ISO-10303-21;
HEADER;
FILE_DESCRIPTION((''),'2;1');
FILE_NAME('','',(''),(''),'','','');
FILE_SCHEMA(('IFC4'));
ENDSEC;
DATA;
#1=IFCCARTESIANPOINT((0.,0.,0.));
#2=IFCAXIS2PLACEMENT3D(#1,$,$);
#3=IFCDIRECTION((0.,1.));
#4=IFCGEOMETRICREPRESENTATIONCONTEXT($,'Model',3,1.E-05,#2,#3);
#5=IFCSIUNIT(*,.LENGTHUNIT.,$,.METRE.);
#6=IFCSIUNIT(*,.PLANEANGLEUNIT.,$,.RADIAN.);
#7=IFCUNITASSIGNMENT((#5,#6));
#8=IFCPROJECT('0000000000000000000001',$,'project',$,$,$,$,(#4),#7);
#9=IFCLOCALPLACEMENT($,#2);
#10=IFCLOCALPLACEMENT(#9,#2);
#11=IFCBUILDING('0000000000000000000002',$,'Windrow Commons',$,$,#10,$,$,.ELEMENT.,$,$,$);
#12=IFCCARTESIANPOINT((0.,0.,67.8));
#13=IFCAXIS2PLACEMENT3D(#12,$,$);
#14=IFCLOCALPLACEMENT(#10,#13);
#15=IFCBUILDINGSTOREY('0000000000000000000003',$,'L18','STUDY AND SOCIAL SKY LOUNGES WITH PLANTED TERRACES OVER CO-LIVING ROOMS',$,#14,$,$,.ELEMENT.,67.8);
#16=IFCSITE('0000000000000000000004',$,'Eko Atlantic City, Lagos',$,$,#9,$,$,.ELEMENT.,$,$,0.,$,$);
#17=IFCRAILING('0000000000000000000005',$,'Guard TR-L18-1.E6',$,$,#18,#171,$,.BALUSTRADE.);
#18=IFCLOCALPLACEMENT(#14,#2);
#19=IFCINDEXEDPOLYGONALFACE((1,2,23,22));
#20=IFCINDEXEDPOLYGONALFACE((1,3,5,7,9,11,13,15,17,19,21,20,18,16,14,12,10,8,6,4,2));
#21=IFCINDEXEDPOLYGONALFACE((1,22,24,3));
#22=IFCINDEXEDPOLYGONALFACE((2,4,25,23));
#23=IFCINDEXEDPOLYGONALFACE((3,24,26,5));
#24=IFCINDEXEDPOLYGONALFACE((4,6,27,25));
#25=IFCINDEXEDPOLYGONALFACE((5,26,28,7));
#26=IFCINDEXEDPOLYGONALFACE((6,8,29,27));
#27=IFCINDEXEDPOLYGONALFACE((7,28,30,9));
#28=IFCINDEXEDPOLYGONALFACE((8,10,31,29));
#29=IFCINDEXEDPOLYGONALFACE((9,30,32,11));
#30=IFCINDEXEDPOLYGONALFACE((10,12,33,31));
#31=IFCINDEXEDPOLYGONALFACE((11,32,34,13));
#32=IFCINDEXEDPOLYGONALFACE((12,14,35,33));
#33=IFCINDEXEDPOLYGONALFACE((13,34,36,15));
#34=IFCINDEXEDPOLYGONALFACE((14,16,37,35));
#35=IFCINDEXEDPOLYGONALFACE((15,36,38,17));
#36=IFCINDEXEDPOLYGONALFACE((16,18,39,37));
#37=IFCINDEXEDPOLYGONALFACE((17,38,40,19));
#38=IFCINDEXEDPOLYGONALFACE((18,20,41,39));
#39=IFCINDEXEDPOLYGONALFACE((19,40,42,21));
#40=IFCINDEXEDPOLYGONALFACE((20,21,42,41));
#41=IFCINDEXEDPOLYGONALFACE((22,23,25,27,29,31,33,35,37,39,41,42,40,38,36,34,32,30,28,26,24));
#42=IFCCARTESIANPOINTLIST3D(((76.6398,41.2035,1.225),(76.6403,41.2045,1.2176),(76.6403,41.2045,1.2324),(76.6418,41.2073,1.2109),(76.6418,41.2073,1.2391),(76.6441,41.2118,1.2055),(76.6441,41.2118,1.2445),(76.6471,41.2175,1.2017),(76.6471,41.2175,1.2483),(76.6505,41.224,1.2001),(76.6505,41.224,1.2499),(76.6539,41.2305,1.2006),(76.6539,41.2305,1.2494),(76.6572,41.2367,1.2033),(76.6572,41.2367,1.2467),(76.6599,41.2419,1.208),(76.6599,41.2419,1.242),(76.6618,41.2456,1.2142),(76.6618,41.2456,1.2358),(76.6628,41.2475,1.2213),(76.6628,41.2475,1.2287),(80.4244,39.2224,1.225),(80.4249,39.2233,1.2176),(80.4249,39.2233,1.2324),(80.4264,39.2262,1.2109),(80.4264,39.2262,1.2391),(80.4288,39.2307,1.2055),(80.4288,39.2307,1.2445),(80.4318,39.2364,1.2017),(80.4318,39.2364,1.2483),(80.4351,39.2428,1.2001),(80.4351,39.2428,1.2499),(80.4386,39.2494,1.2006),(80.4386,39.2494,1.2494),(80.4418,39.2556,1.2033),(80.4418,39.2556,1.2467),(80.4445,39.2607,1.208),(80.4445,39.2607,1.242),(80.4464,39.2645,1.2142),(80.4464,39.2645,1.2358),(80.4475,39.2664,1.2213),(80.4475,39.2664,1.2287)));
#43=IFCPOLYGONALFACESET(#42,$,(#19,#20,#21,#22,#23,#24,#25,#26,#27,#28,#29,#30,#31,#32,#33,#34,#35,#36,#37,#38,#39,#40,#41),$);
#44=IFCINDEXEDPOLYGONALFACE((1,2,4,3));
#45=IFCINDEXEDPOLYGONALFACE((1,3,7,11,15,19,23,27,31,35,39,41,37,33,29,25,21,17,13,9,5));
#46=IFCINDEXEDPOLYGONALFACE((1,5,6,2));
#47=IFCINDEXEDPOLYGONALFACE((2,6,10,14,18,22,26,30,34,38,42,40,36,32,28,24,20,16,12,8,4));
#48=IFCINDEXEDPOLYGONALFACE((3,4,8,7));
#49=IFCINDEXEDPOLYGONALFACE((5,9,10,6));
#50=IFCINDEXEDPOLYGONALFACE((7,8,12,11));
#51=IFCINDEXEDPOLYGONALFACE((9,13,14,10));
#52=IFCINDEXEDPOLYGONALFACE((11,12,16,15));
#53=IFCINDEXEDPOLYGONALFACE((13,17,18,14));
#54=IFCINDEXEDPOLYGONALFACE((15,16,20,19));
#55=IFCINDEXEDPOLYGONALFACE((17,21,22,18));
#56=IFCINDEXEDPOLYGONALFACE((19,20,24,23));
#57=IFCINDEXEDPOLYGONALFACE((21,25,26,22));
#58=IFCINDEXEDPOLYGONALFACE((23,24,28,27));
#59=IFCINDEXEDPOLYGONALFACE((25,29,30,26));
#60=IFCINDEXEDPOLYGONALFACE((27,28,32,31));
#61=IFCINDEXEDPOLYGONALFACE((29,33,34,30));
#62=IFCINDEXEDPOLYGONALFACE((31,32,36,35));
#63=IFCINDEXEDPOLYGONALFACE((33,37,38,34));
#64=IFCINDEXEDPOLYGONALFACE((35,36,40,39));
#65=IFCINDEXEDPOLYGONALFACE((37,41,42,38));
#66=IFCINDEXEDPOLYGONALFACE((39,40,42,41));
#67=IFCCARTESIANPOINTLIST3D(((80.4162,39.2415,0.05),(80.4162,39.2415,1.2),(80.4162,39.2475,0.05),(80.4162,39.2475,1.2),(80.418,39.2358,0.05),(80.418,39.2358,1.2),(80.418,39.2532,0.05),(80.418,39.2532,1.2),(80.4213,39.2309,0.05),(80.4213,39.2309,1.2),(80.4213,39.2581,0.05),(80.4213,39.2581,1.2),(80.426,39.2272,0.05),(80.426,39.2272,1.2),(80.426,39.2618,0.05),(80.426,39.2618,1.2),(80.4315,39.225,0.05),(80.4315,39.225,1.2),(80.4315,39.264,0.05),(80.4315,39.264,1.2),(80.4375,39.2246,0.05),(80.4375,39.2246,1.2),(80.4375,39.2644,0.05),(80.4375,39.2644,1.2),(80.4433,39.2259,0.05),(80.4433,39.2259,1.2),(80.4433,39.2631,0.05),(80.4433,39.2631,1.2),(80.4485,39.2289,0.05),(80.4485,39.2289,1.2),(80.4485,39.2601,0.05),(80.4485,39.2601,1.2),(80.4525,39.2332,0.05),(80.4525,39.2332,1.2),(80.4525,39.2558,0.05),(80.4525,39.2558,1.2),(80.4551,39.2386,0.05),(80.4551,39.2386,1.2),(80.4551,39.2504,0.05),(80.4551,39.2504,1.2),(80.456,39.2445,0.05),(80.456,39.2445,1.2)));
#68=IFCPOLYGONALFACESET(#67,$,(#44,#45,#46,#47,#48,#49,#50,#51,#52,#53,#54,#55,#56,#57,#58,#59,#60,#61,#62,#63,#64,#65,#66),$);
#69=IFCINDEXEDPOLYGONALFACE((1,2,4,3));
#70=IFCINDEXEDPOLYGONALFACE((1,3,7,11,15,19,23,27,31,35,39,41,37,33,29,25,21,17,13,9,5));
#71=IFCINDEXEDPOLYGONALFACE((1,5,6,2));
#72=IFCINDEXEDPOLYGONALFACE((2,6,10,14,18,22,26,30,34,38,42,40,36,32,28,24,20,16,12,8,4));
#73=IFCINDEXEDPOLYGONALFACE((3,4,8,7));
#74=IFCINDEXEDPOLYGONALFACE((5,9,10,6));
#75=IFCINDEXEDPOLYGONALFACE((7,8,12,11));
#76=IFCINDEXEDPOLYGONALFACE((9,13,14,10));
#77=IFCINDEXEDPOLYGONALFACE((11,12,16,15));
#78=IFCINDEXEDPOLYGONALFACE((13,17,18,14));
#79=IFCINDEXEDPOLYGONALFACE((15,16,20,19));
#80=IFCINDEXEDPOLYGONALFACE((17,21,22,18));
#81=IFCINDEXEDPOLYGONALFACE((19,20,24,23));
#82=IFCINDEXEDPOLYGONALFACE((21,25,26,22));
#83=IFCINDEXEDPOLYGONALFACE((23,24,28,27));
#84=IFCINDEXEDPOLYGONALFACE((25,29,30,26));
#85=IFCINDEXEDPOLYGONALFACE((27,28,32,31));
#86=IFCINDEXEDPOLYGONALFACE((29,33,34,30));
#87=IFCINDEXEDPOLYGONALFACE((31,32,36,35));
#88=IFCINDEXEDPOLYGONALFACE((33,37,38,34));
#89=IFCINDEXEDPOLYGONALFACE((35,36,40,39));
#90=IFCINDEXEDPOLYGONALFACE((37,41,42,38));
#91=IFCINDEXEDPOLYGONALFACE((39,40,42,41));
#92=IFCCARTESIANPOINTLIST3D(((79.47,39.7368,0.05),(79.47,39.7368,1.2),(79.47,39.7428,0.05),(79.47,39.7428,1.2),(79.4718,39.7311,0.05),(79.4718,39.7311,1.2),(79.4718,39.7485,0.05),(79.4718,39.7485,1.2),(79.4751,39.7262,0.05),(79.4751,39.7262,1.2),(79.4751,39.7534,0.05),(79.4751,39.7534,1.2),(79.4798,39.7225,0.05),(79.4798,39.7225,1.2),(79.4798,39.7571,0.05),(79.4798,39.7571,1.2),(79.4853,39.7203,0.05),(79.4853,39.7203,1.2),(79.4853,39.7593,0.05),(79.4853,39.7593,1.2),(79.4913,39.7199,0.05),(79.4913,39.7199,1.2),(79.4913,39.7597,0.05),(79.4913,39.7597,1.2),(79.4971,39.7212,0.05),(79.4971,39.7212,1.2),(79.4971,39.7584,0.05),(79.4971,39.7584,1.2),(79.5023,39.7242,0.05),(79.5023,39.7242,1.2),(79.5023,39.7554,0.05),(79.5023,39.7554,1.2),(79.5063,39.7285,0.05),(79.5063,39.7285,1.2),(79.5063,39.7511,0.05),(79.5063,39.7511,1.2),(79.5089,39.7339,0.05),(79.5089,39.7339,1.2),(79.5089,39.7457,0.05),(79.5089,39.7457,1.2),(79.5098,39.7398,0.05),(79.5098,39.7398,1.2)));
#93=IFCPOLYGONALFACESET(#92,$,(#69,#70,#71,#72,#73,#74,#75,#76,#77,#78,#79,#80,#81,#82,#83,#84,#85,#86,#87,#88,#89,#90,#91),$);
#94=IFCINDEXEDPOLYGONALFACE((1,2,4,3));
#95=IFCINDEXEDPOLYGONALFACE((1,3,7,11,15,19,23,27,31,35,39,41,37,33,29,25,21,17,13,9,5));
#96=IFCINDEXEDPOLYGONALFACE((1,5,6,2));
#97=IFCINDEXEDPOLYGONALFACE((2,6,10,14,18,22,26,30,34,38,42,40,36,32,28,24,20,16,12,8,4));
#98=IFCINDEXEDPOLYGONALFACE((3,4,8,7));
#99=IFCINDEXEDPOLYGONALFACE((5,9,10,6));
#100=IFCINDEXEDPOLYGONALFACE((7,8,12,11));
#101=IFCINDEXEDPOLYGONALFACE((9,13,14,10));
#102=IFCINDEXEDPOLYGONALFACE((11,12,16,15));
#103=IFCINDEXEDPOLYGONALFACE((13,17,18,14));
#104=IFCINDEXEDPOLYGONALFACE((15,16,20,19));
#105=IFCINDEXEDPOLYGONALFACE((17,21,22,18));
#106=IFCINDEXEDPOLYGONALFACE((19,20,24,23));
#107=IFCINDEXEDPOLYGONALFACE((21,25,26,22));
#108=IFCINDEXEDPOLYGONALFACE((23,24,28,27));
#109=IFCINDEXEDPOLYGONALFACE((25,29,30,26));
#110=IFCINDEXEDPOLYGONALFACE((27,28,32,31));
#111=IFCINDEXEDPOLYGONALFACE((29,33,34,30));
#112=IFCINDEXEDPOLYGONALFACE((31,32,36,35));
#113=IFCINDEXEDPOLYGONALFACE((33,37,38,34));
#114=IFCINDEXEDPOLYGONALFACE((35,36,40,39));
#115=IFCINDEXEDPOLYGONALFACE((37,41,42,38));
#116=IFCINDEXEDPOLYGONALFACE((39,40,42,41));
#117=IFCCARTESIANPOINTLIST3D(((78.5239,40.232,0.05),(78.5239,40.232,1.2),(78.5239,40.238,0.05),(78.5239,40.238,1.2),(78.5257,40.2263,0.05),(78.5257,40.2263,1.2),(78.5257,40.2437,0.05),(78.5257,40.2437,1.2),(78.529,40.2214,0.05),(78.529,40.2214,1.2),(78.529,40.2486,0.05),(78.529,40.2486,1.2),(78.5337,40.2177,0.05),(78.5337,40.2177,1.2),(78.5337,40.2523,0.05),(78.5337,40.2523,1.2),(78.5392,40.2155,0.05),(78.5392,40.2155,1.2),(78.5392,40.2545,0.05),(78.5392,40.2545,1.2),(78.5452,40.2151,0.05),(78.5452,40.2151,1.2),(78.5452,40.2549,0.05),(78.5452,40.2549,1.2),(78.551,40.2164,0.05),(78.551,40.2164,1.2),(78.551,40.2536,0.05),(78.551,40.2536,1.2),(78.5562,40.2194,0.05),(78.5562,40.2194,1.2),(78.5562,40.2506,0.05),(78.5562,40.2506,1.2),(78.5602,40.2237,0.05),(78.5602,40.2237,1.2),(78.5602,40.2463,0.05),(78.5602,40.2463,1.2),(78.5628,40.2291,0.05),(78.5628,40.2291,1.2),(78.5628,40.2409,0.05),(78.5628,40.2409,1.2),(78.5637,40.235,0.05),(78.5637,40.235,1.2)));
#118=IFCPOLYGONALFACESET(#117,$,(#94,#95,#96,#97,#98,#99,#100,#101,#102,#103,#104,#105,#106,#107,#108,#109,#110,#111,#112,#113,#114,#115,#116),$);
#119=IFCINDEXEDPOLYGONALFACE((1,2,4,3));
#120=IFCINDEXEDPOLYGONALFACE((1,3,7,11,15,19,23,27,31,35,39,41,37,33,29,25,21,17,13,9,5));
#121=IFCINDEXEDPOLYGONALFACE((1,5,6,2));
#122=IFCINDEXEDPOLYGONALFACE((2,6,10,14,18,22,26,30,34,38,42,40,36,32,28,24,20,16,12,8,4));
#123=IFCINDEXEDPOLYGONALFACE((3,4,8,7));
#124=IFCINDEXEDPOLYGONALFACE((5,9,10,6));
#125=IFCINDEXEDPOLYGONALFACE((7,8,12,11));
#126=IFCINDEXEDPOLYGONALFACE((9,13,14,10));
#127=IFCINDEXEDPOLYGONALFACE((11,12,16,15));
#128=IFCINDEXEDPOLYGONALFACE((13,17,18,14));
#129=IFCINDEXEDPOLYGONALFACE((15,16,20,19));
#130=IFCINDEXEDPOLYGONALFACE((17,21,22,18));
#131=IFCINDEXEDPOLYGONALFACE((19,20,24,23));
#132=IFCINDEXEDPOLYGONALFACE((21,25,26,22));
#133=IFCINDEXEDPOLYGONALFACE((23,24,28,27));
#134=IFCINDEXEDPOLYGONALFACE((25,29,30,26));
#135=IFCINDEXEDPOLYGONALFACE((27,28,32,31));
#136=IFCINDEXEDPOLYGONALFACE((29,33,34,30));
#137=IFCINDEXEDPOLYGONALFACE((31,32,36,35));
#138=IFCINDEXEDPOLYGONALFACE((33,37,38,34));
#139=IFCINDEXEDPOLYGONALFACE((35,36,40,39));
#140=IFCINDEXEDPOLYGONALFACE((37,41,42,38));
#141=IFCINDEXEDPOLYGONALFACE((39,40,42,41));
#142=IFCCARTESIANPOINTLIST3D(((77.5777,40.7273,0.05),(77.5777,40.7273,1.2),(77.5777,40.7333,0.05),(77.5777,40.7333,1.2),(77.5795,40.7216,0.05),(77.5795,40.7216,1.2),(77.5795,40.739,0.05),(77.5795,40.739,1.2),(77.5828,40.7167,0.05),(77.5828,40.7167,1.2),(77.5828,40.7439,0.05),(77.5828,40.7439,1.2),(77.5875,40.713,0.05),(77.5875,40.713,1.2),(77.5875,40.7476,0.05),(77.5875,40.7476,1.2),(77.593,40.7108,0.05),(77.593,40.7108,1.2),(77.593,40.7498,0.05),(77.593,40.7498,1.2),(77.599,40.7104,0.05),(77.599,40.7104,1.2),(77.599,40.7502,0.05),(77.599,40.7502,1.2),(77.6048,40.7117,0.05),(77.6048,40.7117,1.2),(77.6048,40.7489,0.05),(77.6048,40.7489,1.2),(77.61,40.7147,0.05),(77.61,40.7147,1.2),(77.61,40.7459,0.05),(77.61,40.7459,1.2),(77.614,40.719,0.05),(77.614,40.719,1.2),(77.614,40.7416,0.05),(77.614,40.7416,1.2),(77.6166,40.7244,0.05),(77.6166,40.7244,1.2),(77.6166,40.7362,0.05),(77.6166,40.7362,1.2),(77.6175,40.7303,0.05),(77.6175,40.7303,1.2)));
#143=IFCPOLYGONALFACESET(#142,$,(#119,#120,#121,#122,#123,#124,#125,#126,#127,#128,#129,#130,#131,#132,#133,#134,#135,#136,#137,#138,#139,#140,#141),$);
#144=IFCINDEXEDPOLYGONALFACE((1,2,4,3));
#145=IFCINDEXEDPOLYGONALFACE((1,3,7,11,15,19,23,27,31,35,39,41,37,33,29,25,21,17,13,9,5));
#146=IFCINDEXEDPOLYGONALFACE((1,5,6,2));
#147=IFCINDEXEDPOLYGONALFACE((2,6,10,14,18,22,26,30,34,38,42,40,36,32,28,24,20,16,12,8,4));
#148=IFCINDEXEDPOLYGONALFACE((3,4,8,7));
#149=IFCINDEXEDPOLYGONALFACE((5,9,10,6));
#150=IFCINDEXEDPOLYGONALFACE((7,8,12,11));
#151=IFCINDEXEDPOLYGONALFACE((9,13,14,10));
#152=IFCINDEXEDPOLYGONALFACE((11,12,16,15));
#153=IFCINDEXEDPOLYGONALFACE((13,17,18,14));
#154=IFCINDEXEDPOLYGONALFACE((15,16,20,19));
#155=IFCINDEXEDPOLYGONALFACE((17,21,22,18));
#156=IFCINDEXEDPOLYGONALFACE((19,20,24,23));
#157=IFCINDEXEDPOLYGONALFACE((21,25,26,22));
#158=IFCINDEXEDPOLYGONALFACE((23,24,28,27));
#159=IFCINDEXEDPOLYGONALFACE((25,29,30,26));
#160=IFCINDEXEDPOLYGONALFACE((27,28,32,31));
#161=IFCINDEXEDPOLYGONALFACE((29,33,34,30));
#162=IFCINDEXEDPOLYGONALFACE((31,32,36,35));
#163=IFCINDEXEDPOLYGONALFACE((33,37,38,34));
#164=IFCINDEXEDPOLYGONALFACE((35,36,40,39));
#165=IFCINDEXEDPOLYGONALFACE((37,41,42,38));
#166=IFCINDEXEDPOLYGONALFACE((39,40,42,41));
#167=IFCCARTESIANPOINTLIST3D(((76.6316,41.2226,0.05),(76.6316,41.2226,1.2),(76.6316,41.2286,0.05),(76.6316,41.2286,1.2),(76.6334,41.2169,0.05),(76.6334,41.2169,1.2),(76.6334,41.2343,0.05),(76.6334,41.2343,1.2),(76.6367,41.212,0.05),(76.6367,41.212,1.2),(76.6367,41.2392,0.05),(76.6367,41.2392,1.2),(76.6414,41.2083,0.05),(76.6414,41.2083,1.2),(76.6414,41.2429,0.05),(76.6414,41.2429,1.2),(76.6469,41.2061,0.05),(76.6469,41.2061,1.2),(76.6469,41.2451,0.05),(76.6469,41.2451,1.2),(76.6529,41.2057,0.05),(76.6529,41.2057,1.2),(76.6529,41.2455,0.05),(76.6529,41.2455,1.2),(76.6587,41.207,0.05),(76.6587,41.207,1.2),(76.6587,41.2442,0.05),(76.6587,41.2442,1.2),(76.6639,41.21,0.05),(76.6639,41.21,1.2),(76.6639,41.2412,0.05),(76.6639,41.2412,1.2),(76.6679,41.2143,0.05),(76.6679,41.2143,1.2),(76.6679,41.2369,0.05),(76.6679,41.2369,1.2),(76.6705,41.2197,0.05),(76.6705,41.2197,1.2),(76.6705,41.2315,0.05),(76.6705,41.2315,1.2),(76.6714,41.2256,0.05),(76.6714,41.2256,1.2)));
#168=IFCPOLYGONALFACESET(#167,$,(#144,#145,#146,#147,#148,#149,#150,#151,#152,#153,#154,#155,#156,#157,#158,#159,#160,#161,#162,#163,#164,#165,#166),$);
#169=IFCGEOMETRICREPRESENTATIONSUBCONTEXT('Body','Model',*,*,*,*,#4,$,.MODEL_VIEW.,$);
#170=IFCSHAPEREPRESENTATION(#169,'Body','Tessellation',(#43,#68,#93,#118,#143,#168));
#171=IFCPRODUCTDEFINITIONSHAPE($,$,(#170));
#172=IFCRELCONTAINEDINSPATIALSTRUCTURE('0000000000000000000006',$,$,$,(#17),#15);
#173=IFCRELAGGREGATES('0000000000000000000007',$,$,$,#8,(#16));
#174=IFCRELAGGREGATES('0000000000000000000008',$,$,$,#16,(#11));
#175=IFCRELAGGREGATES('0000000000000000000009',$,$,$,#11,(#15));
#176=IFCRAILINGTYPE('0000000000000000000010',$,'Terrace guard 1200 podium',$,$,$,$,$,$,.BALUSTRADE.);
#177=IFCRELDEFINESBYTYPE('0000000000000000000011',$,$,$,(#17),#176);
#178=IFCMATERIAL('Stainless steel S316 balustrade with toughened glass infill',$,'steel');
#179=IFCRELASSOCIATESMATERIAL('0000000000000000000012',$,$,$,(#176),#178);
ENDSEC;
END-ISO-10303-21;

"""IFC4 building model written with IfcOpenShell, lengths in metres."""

from ifc_helpers import new_model, si_unit, direction, frame, origin, origin_2d, place, context, subcontext, project, spatial, circle, extrude, material, type_object, element, save


model = new_model("IFC4")

# Units and contexts
model_context = context("Model", 3, precision=1e-05, world=origin(), true_north=direction((0.0, 1.0)))
body_context = subcontext(model_context, "Body", "Model", "MODEL_VIEW")
ifc_project = project(units=[si_unit("LENGTHUNIT", "METRE"), si_unit("PLANEANGLEUNIT", "RADIAN")], contexts=[model_context])

# Site, building, storey
site_placement = place(None, origin())
site = spatial("IfcSite", under=ifc_project, at=site_placement, Name="Eko Atlantic City, Lagos", CompositionType="ELEMENT", RefElevation=0.0)
building_placement = place(site_placement, origin())
building = spatial("IfcBuilding", under=site, at=building_placement, Name="Windrow Commons", CompositionType="ELEMENT")
storey_placement = place(building_placement, frame((0.0, 0.0, 67.8)))
storey = spatial("IfcBuildingStorey", under=building, at=storey_placement, Name="L18", Description="STUDY AND SOCIAL SKY LOUNGES WITH PLANTED TERRACES OVER CO-LIVING ROOMS", CompositionType="ELEMENT", Elevation=67.8)

# Railing
ifc_material_1 = material(Name="Stainless steel S316 balustrade with toughened glass infill", Category="steel")
railing_type = type_object("IfcRailingType", Name="Terrace guard 1200 podium", PredefinedType="BALUSTRADE", material=ifc_material_1)
railing_1_placement = place(storey_placement, frame((80.436, 39.2445, 0.05)))
element("IfcRailing", 1, at=railing_1_placement, inside=storey, type_object=railing_type, Name="Guard TR-L18-1.E6", PredefinedType="BALUSTRADE", context=body_context, shape_type="SweptSolid", body=[
    extrude(circle(Radius=0.025, at=origin_2d()), frame((0.0, 0.0, 1.175), z_axis=(-0.885958, 0.463766, 0.0), x_axis=(-0.463766, -0.885958, 0.0)), (0.0, 0.0, 1.0), 4.2718),
    extrude(circle(Radius=0.02, at=origin_2d()), origin(), (0.0, 0.0, 1.0), 1.15),
    extrude(circle(Radius=0.02, at=origin_2d()), frame((-0.9462, 0.4953, 0.0)), (0.0, 0.0, 1.0), 1.15),
    extrude(circle(Radius=0.02, at=origin_2d()), frame((-1.8923, 0.9905, 0.0)), (0.0, 0.0, 1.0), 1.15),
    extrude(circle(Radius=0.02, at=origin_2d()), frame((-2.8385, 1.4858, 0.0)), (0.0, 0.0, 1.0), 1.15),
    extrude(circle(Radius=0.02, at=origin_2d()), frame((-3.7846, 1.9811, 0.0)), (0.0, 0.0, 1.0), 1.15),
])

save(model, "model.ifc")
